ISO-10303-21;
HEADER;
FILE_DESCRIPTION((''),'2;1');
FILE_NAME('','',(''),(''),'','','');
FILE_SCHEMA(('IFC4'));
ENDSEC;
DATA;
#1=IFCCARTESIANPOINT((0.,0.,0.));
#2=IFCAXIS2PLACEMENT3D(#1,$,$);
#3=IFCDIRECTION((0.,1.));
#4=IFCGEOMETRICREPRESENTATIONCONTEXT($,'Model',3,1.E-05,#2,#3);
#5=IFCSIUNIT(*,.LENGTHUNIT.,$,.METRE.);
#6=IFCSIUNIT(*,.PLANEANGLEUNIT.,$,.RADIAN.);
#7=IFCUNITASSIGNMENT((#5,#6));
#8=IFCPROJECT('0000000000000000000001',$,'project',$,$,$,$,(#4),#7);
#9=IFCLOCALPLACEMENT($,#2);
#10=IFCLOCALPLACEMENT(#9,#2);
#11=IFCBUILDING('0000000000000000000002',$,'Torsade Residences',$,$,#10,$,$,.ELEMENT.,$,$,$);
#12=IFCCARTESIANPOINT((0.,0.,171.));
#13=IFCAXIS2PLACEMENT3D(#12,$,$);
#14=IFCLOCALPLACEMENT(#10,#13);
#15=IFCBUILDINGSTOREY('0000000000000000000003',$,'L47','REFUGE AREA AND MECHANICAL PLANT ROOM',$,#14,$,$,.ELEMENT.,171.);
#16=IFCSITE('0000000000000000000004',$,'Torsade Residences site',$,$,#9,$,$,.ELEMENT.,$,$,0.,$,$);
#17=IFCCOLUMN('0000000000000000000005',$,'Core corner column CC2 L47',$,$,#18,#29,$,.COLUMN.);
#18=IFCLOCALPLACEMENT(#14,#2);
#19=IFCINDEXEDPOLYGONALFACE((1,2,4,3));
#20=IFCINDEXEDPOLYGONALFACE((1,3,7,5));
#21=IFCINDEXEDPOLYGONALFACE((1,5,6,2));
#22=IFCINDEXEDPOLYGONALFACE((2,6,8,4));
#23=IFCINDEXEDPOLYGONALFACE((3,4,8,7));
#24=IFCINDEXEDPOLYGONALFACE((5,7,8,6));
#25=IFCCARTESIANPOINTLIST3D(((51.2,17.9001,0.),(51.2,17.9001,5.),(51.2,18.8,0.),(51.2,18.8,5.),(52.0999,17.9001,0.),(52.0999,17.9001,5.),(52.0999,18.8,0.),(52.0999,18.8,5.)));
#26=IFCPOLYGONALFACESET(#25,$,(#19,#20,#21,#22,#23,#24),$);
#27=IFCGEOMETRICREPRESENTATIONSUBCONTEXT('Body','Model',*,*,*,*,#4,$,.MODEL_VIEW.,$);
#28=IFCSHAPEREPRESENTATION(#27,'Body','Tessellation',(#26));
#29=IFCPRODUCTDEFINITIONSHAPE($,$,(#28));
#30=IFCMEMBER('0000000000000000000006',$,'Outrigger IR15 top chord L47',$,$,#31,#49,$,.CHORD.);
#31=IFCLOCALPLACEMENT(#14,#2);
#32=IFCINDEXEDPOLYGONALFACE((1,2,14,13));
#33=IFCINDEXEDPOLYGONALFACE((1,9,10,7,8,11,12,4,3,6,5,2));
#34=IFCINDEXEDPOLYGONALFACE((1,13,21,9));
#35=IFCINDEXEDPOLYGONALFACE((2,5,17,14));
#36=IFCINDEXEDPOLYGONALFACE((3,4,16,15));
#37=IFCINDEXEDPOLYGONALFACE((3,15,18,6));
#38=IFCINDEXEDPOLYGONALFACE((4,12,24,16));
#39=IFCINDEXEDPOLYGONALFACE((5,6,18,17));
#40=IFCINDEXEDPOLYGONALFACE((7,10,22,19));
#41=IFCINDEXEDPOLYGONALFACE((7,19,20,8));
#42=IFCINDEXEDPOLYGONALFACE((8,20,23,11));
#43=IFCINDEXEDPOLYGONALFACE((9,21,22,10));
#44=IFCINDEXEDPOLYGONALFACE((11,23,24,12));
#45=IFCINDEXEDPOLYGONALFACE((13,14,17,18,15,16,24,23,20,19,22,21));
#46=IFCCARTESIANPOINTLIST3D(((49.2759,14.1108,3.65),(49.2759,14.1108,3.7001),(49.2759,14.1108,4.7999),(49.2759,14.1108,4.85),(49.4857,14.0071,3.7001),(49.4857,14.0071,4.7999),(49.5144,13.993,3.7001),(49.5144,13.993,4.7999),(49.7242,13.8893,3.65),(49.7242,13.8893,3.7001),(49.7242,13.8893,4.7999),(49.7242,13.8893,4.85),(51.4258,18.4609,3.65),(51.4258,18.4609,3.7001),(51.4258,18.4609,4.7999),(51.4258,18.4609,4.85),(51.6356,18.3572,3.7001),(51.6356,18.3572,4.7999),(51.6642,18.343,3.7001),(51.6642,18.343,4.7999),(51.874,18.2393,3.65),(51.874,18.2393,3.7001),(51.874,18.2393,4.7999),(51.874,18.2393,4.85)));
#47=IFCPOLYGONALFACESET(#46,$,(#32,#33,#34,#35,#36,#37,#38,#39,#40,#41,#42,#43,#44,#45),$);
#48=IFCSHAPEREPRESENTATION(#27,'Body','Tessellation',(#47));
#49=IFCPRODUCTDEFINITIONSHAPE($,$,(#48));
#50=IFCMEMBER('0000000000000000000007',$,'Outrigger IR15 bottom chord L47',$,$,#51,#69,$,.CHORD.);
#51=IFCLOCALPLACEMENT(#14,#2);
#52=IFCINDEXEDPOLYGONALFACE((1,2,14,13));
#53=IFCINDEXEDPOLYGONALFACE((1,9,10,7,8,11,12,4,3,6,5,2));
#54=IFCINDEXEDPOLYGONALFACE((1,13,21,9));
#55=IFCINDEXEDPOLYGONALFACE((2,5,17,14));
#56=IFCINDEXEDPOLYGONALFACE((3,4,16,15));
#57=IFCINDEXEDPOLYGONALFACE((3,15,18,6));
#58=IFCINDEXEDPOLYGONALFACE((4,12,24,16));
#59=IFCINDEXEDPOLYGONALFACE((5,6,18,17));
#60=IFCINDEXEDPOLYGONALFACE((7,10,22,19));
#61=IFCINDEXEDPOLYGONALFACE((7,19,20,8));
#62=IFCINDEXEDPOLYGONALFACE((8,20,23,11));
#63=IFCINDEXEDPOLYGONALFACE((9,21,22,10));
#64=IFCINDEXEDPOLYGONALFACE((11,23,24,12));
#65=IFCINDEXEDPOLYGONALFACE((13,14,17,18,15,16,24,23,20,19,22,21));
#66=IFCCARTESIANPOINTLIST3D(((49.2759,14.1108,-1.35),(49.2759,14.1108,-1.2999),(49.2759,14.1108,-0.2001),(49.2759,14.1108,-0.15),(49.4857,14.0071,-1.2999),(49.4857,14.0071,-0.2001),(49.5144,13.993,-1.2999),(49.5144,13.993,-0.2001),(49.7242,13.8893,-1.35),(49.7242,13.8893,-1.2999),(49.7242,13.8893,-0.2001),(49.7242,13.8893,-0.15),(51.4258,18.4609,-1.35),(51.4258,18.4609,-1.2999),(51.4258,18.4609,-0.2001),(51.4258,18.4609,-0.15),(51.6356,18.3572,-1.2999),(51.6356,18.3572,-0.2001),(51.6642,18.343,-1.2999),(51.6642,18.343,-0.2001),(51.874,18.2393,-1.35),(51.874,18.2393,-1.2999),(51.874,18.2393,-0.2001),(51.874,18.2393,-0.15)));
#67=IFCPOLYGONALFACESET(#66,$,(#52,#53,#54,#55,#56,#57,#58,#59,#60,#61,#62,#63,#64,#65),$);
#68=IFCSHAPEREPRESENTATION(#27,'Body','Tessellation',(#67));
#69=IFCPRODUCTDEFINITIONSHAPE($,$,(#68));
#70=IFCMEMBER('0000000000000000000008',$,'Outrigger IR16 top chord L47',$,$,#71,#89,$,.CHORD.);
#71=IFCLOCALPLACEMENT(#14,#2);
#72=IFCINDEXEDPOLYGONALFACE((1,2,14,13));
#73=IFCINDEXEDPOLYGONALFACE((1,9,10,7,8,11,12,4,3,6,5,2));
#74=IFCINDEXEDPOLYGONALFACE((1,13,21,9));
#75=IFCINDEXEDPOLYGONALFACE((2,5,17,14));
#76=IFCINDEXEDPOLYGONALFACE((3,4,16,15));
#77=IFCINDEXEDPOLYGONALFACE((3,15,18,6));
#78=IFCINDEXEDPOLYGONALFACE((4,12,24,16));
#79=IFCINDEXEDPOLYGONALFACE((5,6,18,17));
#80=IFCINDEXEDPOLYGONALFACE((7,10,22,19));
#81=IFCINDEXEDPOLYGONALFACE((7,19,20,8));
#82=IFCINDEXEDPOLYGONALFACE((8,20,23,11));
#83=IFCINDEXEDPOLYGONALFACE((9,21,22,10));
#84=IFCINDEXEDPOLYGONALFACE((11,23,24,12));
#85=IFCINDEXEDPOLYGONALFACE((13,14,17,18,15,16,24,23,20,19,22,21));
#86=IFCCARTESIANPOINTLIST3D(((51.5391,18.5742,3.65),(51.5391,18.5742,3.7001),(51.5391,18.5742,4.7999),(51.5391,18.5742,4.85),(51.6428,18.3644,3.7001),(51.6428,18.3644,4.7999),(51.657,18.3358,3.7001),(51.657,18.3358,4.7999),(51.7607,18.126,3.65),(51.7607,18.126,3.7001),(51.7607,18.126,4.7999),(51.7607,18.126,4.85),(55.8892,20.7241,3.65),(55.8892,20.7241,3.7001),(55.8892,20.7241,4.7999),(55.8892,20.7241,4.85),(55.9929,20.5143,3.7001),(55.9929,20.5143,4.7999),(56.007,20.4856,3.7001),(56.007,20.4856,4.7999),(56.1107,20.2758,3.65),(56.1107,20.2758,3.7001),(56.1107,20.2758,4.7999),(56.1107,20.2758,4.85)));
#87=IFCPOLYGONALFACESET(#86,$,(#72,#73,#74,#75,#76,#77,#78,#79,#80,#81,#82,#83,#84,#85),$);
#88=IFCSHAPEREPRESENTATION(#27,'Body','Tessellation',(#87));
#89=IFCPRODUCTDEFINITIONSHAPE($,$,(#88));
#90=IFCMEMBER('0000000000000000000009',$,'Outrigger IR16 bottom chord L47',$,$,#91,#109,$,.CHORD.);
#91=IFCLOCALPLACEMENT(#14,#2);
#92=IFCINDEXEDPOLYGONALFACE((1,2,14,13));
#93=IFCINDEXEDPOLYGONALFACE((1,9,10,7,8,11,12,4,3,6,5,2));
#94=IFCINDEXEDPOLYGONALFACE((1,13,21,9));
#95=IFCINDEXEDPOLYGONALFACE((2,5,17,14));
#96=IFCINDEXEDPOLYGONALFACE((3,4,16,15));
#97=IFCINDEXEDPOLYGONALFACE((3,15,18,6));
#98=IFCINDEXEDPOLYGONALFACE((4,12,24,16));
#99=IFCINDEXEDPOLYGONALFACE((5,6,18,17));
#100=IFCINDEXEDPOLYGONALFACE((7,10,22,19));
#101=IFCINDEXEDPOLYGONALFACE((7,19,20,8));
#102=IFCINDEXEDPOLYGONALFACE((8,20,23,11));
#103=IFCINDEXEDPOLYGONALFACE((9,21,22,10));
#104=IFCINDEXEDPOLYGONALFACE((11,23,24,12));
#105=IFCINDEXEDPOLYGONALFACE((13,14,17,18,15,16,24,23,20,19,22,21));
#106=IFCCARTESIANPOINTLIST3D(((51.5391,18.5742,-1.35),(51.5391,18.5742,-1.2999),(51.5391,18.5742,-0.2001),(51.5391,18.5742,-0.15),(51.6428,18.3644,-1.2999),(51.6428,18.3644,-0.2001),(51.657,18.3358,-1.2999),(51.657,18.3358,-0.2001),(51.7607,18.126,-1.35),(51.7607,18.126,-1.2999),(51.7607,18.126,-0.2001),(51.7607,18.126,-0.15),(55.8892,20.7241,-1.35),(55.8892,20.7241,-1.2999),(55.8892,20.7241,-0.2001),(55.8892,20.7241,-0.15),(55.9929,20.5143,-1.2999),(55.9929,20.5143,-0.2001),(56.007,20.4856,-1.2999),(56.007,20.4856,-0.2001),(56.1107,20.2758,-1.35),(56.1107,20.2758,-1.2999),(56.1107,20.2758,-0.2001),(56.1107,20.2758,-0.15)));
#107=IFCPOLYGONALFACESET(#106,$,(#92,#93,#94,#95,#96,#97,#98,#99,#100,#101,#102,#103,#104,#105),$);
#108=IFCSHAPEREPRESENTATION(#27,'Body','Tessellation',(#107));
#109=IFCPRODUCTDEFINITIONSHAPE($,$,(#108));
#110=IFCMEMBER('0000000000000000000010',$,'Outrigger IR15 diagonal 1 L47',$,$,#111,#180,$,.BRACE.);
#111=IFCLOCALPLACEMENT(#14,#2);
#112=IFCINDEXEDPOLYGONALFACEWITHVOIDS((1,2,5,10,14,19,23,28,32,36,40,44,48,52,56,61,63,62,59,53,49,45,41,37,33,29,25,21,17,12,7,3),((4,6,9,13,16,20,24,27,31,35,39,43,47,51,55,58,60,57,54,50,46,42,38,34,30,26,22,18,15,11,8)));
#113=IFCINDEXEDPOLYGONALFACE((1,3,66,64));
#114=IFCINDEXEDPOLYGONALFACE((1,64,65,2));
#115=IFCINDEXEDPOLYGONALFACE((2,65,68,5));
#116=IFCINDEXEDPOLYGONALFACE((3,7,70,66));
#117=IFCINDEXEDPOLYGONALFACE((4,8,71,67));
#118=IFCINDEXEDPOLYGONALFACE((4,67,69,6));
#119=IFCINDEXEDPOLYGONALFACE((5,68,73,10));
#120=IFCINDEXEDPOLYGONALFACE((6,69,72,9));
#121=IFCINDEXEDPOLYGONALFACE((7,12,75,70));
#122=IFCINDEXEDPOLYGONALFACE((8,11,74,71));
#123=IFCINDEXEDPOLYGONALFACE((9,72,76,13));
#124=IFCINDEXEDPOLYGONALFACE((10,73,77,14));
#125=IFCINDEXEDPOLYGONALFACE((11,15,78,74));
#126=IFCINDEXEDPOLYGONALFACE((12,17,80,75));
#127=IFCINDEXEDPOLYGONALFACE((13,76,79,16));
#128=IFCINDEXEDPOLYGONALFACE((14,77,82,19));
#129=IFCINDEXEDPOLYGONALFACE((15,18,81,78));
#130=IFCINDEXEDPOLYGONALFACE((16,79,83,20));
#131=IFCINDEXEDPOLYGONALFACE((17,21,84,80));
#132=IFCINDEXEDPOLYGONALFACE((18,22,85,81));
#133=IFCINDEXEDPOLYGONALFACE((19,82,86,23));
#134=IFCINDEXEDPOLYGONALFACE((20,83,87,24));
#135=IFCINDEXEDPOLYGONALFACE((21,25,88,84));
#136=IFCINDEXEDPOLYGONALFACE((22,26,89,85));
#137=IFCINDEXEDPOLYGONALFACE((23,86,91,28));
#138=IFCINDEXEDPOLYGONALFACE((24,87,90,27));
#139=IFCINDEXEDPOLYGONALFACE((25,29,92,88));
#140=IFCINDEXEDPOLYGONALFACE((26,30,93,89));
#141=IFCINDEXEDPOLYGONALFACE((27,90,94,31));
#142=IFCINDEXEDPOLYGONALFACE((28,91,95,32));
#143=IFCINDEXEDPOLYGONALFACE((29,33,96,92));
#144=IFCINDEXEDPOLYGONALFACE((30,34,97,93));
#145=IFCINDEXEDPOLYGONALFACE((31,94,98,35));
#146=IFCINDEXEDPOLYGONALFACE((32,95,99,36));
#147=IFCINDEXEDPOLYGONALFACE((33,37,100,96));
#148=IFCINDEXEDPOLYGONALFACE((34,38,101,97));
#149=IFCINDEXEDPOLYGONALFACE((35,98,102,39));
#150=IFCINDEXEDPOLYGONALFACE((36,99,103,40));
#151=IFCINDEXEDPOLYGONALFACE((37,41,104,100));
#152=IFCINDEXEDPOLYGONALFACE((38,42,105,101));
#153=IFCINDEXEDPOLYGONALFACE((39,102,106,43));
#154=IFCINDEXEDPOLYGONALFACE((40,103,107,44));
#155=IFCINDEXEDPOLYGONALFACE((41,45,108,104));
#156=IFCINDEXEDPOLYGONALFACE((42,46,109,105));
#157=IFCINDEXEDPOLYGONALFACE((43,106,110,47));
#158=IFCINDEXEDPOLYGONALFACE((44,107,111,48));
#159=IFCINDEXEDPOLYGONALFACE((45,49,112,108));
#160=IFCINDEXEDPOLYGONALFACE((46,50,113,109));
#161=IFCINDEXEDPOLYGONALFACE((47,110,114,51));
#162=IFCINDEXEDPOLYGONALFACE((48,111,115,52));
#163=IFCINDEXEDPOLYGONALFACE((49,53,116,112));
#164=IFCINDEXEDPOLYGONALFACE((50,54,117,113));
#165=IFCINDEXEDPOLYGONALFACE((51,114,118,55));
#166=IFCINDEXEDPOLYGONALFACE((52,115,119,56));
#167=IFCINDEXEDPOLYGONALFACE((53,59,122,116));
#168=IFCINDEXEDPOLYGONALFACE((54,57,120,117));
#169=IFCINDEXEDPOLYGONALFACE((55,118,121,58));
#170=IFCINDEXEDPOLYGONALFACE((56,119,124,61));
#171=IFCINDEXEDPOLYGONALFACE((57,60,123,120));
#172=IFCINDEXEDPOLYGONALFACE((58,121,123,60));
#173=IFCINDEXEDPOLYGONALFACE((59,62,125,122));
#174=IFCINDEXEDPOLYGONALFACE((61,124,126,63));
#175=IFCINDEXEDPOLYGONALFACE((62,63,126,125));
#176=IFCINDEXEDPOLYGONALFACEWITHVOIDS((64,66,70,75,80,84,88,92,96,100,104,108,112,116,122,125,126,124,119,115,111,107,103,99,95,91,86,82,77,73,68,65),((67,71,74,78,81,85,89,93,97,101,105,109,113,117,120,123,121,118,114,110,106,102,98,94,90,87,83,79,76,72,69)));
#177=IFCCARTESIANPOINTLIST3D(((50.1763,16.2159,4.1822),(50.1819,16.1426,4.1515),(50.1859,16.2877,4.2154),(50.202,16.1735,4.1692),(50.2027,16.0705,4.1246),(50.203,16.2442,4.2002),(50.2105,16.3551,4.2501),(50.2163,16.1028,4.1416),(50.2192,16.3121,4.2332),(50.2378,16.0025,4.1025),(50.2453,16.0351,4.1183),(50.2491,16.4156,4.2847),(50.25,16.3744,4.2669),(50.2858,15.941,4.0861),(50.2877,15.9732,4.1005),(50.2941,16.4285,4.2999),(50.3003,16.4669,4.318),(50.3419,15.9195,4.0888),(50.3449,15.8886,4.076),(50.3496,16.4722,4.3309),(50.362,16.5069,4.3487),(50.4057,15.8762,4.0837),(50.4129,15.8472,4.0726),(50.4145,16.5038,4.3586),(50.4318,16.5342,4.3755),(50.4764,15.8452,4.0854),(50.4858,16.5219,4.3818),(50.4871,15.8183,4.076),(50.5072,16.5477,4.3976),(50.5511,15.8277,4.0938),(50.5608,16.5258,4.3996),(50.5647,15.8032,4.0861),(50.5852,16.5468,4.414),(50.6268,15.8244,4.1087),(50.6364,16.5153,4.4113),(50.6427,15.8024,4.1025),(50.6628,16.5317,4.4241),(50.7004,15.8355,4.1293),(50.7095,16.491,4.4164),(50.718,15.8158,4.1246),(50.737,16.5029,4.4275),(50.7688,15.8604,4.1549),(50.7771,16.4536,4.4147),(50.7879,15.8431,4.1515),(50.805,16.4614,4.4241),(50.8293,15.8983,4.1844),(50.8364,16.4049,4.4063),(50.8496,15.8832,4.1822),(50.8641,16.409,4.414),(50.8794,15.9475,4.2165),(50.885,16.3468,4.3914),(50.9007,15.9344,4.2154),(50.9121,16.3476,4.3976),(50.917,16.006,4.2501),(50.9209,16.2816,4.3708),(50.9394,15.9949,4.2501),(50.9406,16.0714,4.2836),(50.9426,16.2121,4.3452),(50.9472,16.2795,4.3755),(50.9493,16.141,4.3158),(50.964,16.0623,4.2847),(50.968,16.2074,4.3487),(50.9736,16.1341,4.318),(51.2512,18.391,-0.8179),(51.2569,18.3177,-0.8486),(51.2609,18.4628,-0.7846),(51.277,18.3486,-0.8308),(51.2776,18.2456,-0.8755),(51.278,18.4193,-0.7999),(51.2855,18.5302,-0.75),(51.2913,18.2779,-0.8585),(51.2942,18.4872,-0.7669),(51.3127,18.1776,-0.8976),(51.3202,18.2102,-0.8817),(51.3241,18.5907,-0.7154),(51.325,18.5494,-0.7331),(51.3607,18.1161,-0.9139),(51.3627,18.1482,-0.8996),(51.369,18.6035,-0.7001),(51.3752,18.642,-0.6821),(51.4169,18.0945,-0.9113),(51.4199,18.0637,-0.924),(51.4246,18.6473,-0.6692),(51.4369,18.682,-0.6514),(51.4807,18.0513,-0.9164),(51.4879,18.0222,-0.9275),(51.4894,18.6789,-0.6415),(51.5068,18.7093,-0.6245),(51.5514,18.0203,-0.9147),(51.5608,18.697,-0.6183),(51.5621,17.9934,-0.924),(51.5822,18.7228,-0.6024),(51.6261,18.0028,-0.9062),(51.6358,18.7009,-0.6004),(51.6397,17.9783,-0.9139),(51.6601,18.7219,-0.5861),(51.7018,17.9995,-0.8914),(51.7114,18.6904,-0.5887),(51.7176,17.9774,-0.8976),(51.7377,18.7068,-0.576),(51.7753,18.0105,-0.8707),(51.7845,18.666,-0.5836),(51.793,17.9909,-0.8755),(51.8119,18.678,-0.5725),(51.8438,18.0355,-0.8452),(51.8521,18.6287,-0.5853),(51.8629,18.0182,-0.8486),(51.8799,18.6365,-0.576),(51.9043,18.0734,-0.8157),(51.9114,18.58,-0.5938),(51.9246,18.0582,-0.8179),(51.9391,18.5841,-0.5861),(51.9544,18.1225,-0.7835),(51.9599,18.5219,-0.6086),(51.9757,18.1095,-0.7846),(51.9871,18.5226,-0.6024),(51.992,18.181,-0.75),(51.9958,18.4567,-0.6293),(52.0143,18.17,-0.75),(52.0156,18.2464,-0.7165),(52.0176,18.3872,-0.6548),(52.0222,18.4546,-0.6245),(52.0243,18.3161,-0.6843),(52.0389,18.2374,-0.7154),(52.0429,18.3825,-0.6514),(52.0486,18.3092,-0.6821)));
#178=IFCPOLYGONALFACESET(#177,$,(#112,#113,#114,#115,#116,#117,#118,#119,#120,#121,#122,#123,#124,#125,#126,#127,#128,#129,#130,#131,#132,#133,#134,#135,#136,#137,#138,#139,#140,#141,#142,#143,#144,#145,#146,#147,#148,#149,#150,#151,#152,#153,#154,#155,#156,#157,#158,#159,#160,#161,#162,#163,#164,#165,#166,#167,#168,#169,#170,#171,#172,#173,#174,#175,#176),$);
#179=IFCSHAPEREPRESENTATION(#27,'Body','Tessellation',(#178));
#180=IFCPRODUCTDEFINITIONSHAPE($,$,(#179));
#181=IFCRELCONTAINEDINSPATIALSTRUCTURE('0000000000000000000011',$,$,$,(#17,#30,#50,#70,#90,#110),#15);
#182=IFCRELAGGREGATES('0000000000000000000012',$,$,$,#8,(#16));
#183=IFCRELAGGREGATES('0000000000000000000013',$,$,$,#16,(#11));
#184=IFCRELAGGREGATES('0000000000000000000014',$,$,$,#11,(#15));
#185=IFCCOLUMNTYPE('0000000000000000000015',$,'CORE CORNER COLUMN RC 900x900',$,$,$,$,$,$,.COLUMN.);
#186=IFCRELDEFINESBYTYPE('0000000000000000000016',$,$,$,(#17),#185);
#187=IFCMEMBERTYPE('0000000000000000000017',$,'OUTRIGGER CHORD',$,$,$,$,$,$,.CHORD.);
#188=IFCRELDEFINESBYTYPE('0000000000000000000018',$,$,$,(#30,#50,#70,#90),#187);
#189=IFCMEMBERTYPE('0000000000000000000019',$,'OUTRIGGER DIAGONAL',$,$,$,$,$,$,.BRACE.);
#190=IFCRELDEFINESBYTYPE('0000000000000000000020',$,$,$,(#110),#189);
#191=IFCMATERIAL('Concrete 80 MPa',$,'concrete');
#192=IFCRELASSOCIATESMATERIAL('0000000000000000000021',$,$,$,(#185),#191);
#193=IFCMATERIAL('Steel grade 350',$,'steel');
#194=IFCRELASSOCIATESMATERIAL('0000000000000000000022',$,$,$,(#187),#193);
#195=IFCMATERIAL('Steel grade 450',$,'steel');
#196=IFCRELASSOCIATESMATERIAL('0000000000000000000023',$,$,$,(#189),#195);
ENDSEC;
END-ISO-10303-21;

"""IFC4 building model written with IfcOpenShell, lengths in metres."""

from ifc_helpers import new_model, si_unit, direction, frame, origin, origin_2d, place, context, subcontext, project, spatial, rectangle, hollow_circle, i_section, extrude, material, material_profile, profile_set, type_object, element, save


model = new_model("IFC4")

# Units and contexts
model_context = context("Model", 3, precision=1e-05, world=origin(), true_north=direction((0.0, 1.0)))
body_context = subcontext(model_context, "Body", "Model", "MODEL_VIEW")
ifc_project = project(units=[si_unit("LENGTHUNIT", "METRE"), si_unit("PLANEANGLEUNIT", "RADIAN")], contexts=[model_context])

# Site, building, storey
site_placement = place(None, origin())
site = spatial("IfcSite", under=ifc_project, at=site_placement, Name="Torsade Residences site", CompositionType="ELEMENT", RefElevation=0.0)
building_placement = place(site_placement, origin())
building = spatial("IfcBuilding", under=site, at=building_placement, Name="Torsade Residences", CompositionType="ELEMENT")
storey_placement = place(building_placement, frame((0.0, 0.0, 171.0)))
storey = spatial("IfcBuildingStorey", under=building, at=storey_placement, Name="L47", Description="REFUGE AREA AND MECHANICAL PLANT ROOM", CompositionType="ELEMENT", Elevation=171.0)

# Column
ifc_material_1 = material(Name="Concrete 80 MPa", Category="concrete")
ifc_material_profile_1 = material_profile(ifc_material_1, rectangle(XDim=0.8999, YDim=0.8999, at=origin_2d()), Name="RC 900x900")
ifc_profile_set_1 = profile_set([ifc_material_profile_1], Name="Concrete 80 MPa")
column_type = type_object("IfcColumnType", Name="CORE CORNER COLUMN RC 900x900", PredefinedType="COLUMN", material=ifc_profile_set_1)
column_placement = place(storey_placement, frame((51.6499, 18.3501, 0.0), z_axis=(0.0, 0.0, 1.0), x_axis=(1.0, 0.0, 0.0)))
element("IfcColumn", 1, at=column_placement, inside=storey, type_object=column_type, Name="Core corner column CC2 L47", PredefinedType="COLUMN", context=body_context, shape_type="SweptSolid", body=[
    extrude(rectangle(XDim=0.8999, YDim=0.8999, at=origin_2d()), origin(), (0.0, 0.0, 1.0), 5.0),
])

# Members
ifc_material_2 = material(Name="Steel grade 350", Category="steel")
ifc_material_profile_2 = material_profile(ifc_material_2, i_section(OverallWidth=0.5, OverallDepth=1.2, WebThickness=0.032, FlangeThickness=0.05, at=origin_2d()), Name="1200x500x50x32WPG")
ifc_profile_set_2 = profile_set([ifc_material_profile_2], Name="Steel grade 350")
member_type_1 = type_object("IfcMemberType", Name="OUTRIGGER CHORD", PredefinedType="CHORD", material=ifc_profile_set_2)
for number, where, z_axis, x_axis, name in (
    (2, (51.6499, 18.3501, 4.25), (-0.443063, -0.896491, 0.0), (0.896491, -0.443063, 0.0), "Outrigger IR15 top chord L47"),
    (3, (51.6499, 18.3501, -0.75), (-0.443063, -0.896491, 0.0), (0.896491, -0.443063, 0.0), "Outrigger IR15 bottom chord L47"),
    (4, (51.6499, 18.3501, 4.25), (0.896491, 0.443063, 0.0), (-0.443063, 0.896491, 0.0), "Outrigger IR16 top chord L47"),
    (5, (51.6499, 18.3501, -0.75), (0.896491, 0.443063, 0.0), (-0.443063, 0.896491, 0.0), "Outrigger IR16 bottom chord L47"),
):
    element("IfcMember", number, at=place(storey_placement, frame(where, z_axis=z_axis, x_axis=x_axis)), inside=storey, type_object=member_type_1, Name=name, PredefinedType="CHORD", context=body_context, shape_type="SweptSolid", body=[
        extrude(i_section(OverallWidth=0.5, OverallDepth=1.2, WebThickness=0.032, FlangeThickness=0.05, at=origin_2d()), origin(), (0.0, 0.0, 1.0), 4.8523),
    ])
ifc_material_3 = material(Name="Steel grade 450", Category="steel")
ifc_material_profile_3 = material_profile(ifc_material_3, hollow_circle(Radius=0.4065, WallThickness=0.0249, at=origin_2d()), Name="813.0x25.0CHS")
ifc_profile_set_3 = profile_set([ifc_material_profile_3], Name="Steel grade 450")
member_type_2 = type_object("IfcMemberType", Name="OUTRIGGER DIAGONAL", PredefinedType="BRACE", material=ifc_profile_set_3)
for number, where, z_axis, x_axis, name in (
    (6, (51.6499, 18.3501, -0.75), (-0.193422, -0.391368, 0.899677), (0.896491, -0.443063, 0.0), "Outrigger IR15 diagonal 1 L47"),
):
    element("IfcMember", number, at=place(storey_placement, frame(where, z_axis=z_axis, x_axis=x_axis)), inside=storey, type_object=member_type_2, Name=name, PredefinedType="BRACE", context=body_context, shape_type="SweptSolid", body=[
        extrude(hollow_circle(Radius=0.4065, WallThickness=0.0249, at=origin_2d()), origin(), (0.0, 0.0, 1.0), 5.5576),
    ])

save(model, "model.ifc")
